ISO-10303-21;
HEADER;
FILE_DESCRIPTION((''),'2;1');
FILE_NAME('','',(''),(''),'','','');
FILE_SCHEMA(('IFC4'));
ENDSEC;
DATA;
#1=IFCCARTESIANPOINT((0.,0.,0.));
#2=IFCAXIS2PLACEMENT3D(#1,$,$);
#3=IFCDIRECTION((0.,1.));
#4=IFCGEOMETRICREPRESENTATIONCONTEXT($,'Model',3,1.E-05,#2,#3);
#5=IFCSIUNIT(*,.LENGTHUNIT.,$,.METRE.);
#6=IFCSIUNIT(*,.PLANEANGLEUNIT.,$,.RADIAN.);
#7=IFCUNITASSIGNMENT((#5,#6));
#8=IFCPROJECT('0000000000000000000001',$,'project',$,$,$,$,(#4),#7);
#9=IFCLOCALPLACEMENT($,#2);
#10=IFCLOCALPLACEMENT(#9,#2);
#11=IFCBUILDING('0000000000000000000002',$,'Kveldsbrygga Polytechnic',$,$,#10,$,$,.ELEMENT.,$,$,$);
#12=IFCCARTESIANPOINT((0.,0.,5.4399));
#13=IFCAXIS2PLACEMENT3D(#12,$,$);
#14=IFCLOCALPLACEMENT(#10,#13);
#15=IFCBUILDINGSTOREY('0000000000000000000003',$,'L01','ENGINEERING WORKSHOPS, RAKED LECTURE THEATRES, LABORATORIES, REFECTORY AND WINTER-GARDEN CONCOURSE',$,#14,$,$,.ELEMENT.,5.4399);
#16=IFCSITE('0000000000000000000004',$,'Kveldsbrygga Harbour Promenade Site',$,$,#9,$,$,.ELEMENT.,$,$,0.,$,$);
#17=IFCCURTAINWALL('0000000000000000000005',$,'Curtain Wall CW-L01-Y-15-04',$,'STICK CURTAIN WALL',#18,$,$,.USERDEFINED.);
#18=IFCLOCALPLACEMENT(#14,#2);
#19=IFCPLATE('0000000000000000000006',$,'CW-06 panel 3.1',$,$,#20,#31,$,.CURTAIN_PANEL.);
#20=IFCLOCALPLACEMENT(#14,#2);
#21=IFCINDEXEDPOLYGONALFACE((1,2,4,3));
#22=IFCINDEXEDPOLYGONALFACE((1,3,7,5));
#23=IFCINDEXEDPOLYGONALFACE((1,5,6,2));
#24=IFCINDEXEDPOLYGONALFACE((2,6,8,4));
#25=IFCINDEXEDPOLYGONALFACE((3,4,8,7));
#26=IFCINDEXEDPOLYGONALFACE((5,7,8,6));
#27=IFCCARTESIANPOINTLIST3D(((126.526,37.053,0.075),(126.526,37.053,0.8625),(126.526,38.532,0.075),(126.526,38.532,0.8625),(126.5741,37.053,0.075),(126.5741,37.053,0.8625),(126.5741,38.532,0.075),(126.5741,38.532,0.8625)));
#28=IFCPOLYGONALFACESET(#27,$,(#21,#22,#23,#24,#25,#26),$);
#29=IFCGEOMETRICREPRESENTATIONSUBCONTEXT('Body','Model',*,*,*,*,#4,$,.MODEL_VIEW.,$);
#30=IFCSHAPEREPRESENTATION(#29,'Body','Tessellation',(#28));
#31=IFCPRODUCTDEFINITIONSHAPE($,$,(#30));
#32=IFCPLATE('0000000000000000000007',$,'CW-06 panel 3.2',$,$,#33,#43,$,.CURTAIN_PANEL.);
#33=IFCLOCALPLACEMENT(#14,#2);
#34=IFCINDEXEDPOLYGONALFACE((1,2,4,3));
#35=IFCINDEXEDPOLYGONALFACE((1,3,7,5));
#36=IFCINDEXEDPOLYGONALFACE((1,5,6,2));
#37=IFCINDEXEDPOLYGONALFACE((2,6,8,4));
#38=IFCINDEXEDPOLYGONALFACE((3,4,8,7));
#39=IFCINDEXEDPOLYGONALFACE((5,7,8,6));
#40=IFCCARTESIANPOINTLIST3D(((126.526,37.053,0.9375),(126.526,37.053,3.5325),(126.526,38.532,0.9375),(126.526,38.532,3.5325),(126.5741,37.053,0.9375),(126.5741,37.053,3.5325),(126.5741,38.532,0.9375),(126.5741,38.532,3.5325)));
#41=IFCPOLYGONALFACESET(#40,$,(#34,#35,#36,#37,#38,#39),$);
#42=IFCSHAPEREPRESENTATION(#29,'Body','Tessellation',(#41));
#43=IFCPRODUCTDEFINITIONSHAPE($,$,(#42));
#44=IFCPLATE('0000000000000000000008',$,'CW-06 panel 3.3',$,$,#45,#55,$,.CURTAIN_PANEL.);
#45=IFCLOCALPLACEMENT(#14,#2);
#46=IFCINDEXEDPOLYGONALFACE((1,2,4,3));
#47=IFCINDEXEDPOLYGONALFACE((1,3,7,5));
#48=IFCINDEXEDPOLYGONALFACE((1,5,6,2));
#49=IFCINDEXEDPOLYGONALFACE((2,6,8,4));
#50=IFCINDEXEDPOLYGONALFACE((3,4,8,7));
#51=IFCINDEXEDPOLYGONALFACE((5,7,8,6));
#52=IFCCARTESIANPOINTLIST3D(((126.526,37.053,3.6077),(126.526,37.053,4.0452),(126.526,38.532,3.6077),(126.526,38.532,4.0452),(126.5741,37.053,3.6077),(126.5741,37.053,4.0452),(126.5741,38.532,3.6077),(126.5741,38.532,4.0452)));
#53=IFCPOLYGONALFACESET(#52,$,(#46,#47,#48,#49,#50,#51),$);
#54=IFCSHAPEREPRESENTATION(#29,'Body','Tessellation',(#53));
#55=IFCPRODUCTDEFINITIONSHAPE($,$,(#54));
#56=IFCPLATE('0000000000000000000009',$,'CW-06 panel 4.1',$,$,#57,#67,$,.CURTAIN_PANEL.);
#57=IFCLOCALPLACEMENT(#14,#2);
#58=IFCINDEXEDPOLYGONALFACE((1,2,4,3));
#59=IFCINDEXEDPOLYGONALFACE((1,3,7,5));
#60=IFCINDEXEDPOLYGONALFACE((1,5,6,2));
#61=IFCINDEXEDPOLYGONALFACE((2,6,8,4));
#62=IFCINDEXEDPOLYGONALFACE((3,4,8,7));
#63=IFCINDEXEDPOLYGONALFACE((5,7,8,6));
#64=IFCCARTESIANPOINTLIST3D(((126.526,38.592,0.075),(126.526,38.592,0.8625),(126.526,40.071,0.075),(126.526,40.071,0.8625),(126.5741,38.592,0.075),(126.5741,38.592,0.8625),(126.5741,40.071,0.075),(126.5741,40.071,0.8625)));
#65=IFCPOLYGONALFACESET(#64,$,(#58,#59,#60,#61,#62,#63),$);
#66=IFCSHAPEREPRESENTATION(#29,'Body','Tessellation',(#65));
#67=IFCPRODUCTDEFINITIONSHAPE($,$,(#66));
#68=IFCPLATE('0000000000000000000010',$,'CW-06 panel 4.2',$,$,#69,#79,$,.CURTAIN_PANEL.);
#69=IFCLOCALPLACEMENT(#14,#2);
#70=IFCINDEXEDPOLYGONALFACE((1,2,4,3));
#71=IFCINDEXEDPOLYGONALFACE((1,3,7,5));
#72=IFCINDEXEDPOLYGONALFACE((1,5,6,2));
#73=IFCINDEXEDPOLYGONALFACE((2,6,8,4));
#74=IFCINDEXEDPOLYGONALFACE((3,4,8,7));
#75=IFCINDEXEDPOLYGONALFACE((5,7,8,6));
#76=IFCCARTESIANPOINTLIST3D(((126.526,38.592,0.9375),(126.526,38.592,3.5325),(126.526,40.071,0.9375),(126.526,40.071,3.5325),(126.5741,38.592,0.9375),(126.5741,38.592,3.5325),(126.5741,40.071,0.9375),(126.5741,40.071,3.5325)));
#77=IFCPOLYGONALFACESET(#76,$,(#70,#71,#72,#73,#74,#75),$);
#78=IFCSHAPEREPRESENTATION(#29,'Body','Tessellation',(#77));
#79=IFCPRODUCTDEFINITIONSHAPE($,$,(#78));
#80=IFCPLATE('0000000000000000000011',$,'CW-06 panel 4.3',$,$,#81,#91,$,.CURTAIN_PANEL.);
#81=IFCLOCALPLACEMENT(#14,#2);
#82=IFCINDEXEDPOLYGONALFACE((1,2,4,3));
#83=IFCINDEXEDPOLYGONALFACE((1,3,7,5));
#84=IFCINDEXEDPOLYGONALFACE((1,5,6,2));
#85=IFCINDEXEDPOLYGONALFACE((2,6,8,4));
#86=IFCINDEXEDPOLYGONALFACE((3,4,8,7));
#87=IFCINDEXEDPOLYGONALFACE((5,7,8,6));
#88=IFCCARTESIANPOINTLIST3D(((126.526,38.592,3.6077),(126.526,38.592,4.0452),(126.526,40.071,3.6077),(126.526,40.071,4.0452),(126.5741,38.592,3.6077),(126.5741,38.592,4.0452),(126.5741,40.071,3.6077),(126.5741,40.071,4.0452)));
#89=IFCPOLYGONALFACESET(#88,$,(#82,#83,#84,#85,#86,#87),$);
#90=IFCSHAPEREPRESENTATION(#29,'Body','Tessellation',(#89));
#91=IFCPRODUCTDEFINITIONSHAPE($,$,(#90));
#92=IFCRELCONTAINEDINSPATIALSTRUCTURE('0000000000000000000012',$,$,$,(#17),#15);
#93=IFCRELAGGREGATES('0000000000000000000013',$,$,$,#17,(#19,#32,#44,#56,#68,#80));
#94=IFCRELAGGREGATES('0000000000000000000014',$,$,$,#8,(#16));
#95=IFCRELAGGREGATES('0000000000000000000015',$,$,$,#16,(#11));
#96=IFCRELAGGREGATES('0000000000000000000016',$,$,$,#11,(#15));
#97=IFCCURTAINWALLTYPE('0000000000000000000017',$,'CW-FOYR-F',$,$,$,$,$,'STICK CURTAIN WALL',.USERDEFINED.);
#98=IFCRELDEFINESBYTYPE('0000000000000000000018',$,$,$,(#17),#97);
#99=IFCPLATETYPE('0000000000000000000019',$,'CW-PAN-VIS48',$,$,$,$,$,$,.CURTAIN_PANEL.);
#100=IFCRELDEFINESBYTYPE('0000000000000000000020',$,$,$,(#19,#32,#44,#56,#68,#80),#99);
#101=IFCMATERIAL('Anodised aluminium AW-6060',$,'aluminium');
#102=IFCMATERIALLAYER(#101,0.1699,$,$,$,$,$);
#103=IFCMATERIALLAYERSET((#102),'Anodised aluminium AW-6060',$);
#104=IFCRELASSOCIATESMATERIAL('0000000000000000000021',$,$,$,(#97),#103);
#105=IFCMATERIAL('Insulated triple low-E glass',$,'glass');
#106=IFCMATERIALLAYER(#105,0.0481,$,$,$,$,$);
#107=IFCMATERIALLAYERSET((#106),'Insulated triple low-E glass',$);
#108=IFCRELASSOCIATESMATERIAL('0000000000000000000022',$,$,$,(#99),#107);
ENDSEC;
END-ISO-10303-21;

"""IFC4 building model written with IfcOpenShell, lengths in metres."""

from ifc_helpers import new_model, si_unit, direction, frame, origin, origin_2d, place, context, subcontext, project, spatial, rectangle, extrude, material, layer, layer_set, type_object, element, aggregate, save


model = new_model("IFC4")

# Units and contexts
model_context = context("Model", 3, precision=1e-05, world=origin(), true_north=direction((0.0, 1.0)))
body_context = subcontext(model_context, "Body", "Model", "MODEL_VIEW")
ifc_project = project(units=[si_unit("LENGTHUNIT", "METRE"), si_unit("PLANEANGLEUNIT", "RADIAN")], contexts=[model_context])

# Site, building, storey
site_placement = place(None, origin())
site = spatial("IfcSite", under=ifc_project, at=site_placement, Name="Kveldsbrygga Harbour Promenade Site", CompositionType="ELEMENT", RefElevation=0.0)
building_placement = place(site_placement, origin())
building = spatial("IfcBuilding", under=site, at=building_placement, Name="Kveldsbrygga Polytechnic", CompositionType="ELEMENT")
storey_placement = place(building_placement, frame((0.0, 0.0, 5.4399)))
storey = spatial("IfcBuildingStorey", under=building, at=storey_placement, Name="L01", Description="ENGINEERING WORKSHOPS, RAKED LECTURE THEATRES, LABORATORIES, REFECTORY AND WINTER-GARDEN CONCOURSE", CompositionType="ELEMENT", Elevation=5.4399)

# Curtain wall
ifc_material_1 = material(Name="Anodised aluminium AW-6060", Category="aluminium")
ifc_layer_1 = layer(ifc_material_1, 0.1699)
ifc_layer_set_1 = layer_set([ifc_layer_1], Name="Anodised aluminium AW-6060")
curtain_wall_type = type_object("IfcCurtainWallType", Name="CW-FOYR-F", ElementType="STICK CURTAIN WALL", PredefinedType="USERDEFINED", material=ifc_layer_set_1)
curtain_wall_placement = place(storey_placement, origin())
curtain_wall = element("IfcCurtainWall", 1, at=curtain_wall_placement, inside=storey, type_object=curtain_wall_type, Name="Curtain Wall CW-L01-Y-15-04", ObjectType="STICK CURTAIN WALL", PredefinedType="USERDEFINED")

# Plates
ifc_material_2 = material(Name="Insulated triple low-E glass", Category="glass")
ifc_layer_2 = layer(ifc_material_2, 0.0481)
ifc_layer_set_2 = layer_set([ifc_layer_2], Name="Insulated triple low-E glass")
plate_type = type_object("IfcPlateType", Name="CW-PAN-VIS48", PredefinedType="CURTAIN_PANEL", material=ifc_layer_set_2)
plate_1_placement = place(storey_placement, frame((126.55, 37.7925, 0.075), z_axis=(0.0, 0.0, 1.0), x_axis=(0.0, 1.0, 0.0)))
plate_1 = element("IfcPlate", 2, at=plate_1_placement, type_object=plate_type, Name="CW-06 panel 3.1", PredefinedType="CURTAIN_PANEL", context=body_context, shape_type="SweptSolid", body=[
    extrude(rectangle(XDim=1.479, YDim=0.0481, at=origin_2d()), origin(), (0.0, 0.0, 1.0), 0.7876),
])
plate_2_placement = place(storey_placement, frame((126.55, 37.7925, 0.9375), z_axis=(0.0, 0.0, 1.0), x_axis=(0.0, 1.0, 0.0)))
plate_2 = element("IfcPlate", 3, at=plate_2_placement, type_object=plate_type, Name="CW-06 panel 3.2", PredefinedType="CURTAIN_PANEL", context=body_context, shape_type="SweptSolid", body=[
    extrude(rectangle(XDim=1.479, YDim=0.0481, at=origin_2d()), origin(), (0.0, 0.0, 1.0), 2.595),
])
plate_3_placement = place(storey_placement, frame((126.55, 37.7925, 3.6077), z_axis=(0.0, 0.0, 1.0), x_axis=(0.0, 1.0, 0.0)))
plate_3 = element("IfcPlate", 4, at=plate_3_placement, type_object=plate_type, Name="CW-06 panel 3.3", PredefinedType="CURTAIN_PANEL", context=body_context, shape_type="SweptSolid", body=[
    extrude(rectangle(XDim=1.479, YDim=0.0481, at=origin_2d()), origin(), (0.0, 0.0, 1.0), 0.4375),
])
plate_4_placement = place(storey_placement, frame((126.55, 39.3315, 0.075), z_axis=(0.0, 0.0, 1.0), x_axis=(0.0, 1.0, 0.0)))
plate_4 = element("IfcPlate", 5, at=plate_4_placement, type_object=plate_type, Name="CW-06 panel 4.1", PredefinedType="CURTAIN_PANEL", context=body_context, shape_type="SweptSolid", body=[
    extrude(rectangle(XDim=1.479, YDim=0.0481, at=origin_2d()), origin(), (0.0, 0.0, 1.0), 0.7876),
])
plate_5_placement = place(storey_placement, frame((126.55, 39.3315, 0.9375), z_axis=(0.0, 0.0, 1.0), x_axis=(0.0, 1.0, 0.0)))
plate_5 = element("IfcPlate", 6, at=plate_5_placement, type_object=plate_type, Name="CW-06 panel 4.2", PredefinedType="CURTAIN_PANEL", context=body_context, shape_type="SweptSolid", body=[
    extrude(rectangle(XDim=1.479, YDim=0.0481, at=origin_2d()), origin(), (0.0, 0.0, 1.0), 2.595),
])
plate_6_placement = place(storey_placement, frame((126.55, 39.3315, 3.6077), z_axis=(0.0, 0.0, 1.0), x_axis=(0.0, 1.0, 0.0)))
plate_6 = element("IfcPlate", 7, at=plate_6_placement, type_object=plate_type, Name="CW-06 panel 4.3", PredefinedType="CURTAIN_PANEL", context=body_context, shape_type="SweptSolid", body=[
    extrude(rectangle(XDim=1.479, YDim=0.0481, at=origin_2d()), origin(), (0.0, 0.0, 1.0), 0.4375),
])
aggregate(curtain_wall, [plate_1, plate_2, plate_3, plate_4, plate_5, plate_6])

save(model, "model.ifc")
